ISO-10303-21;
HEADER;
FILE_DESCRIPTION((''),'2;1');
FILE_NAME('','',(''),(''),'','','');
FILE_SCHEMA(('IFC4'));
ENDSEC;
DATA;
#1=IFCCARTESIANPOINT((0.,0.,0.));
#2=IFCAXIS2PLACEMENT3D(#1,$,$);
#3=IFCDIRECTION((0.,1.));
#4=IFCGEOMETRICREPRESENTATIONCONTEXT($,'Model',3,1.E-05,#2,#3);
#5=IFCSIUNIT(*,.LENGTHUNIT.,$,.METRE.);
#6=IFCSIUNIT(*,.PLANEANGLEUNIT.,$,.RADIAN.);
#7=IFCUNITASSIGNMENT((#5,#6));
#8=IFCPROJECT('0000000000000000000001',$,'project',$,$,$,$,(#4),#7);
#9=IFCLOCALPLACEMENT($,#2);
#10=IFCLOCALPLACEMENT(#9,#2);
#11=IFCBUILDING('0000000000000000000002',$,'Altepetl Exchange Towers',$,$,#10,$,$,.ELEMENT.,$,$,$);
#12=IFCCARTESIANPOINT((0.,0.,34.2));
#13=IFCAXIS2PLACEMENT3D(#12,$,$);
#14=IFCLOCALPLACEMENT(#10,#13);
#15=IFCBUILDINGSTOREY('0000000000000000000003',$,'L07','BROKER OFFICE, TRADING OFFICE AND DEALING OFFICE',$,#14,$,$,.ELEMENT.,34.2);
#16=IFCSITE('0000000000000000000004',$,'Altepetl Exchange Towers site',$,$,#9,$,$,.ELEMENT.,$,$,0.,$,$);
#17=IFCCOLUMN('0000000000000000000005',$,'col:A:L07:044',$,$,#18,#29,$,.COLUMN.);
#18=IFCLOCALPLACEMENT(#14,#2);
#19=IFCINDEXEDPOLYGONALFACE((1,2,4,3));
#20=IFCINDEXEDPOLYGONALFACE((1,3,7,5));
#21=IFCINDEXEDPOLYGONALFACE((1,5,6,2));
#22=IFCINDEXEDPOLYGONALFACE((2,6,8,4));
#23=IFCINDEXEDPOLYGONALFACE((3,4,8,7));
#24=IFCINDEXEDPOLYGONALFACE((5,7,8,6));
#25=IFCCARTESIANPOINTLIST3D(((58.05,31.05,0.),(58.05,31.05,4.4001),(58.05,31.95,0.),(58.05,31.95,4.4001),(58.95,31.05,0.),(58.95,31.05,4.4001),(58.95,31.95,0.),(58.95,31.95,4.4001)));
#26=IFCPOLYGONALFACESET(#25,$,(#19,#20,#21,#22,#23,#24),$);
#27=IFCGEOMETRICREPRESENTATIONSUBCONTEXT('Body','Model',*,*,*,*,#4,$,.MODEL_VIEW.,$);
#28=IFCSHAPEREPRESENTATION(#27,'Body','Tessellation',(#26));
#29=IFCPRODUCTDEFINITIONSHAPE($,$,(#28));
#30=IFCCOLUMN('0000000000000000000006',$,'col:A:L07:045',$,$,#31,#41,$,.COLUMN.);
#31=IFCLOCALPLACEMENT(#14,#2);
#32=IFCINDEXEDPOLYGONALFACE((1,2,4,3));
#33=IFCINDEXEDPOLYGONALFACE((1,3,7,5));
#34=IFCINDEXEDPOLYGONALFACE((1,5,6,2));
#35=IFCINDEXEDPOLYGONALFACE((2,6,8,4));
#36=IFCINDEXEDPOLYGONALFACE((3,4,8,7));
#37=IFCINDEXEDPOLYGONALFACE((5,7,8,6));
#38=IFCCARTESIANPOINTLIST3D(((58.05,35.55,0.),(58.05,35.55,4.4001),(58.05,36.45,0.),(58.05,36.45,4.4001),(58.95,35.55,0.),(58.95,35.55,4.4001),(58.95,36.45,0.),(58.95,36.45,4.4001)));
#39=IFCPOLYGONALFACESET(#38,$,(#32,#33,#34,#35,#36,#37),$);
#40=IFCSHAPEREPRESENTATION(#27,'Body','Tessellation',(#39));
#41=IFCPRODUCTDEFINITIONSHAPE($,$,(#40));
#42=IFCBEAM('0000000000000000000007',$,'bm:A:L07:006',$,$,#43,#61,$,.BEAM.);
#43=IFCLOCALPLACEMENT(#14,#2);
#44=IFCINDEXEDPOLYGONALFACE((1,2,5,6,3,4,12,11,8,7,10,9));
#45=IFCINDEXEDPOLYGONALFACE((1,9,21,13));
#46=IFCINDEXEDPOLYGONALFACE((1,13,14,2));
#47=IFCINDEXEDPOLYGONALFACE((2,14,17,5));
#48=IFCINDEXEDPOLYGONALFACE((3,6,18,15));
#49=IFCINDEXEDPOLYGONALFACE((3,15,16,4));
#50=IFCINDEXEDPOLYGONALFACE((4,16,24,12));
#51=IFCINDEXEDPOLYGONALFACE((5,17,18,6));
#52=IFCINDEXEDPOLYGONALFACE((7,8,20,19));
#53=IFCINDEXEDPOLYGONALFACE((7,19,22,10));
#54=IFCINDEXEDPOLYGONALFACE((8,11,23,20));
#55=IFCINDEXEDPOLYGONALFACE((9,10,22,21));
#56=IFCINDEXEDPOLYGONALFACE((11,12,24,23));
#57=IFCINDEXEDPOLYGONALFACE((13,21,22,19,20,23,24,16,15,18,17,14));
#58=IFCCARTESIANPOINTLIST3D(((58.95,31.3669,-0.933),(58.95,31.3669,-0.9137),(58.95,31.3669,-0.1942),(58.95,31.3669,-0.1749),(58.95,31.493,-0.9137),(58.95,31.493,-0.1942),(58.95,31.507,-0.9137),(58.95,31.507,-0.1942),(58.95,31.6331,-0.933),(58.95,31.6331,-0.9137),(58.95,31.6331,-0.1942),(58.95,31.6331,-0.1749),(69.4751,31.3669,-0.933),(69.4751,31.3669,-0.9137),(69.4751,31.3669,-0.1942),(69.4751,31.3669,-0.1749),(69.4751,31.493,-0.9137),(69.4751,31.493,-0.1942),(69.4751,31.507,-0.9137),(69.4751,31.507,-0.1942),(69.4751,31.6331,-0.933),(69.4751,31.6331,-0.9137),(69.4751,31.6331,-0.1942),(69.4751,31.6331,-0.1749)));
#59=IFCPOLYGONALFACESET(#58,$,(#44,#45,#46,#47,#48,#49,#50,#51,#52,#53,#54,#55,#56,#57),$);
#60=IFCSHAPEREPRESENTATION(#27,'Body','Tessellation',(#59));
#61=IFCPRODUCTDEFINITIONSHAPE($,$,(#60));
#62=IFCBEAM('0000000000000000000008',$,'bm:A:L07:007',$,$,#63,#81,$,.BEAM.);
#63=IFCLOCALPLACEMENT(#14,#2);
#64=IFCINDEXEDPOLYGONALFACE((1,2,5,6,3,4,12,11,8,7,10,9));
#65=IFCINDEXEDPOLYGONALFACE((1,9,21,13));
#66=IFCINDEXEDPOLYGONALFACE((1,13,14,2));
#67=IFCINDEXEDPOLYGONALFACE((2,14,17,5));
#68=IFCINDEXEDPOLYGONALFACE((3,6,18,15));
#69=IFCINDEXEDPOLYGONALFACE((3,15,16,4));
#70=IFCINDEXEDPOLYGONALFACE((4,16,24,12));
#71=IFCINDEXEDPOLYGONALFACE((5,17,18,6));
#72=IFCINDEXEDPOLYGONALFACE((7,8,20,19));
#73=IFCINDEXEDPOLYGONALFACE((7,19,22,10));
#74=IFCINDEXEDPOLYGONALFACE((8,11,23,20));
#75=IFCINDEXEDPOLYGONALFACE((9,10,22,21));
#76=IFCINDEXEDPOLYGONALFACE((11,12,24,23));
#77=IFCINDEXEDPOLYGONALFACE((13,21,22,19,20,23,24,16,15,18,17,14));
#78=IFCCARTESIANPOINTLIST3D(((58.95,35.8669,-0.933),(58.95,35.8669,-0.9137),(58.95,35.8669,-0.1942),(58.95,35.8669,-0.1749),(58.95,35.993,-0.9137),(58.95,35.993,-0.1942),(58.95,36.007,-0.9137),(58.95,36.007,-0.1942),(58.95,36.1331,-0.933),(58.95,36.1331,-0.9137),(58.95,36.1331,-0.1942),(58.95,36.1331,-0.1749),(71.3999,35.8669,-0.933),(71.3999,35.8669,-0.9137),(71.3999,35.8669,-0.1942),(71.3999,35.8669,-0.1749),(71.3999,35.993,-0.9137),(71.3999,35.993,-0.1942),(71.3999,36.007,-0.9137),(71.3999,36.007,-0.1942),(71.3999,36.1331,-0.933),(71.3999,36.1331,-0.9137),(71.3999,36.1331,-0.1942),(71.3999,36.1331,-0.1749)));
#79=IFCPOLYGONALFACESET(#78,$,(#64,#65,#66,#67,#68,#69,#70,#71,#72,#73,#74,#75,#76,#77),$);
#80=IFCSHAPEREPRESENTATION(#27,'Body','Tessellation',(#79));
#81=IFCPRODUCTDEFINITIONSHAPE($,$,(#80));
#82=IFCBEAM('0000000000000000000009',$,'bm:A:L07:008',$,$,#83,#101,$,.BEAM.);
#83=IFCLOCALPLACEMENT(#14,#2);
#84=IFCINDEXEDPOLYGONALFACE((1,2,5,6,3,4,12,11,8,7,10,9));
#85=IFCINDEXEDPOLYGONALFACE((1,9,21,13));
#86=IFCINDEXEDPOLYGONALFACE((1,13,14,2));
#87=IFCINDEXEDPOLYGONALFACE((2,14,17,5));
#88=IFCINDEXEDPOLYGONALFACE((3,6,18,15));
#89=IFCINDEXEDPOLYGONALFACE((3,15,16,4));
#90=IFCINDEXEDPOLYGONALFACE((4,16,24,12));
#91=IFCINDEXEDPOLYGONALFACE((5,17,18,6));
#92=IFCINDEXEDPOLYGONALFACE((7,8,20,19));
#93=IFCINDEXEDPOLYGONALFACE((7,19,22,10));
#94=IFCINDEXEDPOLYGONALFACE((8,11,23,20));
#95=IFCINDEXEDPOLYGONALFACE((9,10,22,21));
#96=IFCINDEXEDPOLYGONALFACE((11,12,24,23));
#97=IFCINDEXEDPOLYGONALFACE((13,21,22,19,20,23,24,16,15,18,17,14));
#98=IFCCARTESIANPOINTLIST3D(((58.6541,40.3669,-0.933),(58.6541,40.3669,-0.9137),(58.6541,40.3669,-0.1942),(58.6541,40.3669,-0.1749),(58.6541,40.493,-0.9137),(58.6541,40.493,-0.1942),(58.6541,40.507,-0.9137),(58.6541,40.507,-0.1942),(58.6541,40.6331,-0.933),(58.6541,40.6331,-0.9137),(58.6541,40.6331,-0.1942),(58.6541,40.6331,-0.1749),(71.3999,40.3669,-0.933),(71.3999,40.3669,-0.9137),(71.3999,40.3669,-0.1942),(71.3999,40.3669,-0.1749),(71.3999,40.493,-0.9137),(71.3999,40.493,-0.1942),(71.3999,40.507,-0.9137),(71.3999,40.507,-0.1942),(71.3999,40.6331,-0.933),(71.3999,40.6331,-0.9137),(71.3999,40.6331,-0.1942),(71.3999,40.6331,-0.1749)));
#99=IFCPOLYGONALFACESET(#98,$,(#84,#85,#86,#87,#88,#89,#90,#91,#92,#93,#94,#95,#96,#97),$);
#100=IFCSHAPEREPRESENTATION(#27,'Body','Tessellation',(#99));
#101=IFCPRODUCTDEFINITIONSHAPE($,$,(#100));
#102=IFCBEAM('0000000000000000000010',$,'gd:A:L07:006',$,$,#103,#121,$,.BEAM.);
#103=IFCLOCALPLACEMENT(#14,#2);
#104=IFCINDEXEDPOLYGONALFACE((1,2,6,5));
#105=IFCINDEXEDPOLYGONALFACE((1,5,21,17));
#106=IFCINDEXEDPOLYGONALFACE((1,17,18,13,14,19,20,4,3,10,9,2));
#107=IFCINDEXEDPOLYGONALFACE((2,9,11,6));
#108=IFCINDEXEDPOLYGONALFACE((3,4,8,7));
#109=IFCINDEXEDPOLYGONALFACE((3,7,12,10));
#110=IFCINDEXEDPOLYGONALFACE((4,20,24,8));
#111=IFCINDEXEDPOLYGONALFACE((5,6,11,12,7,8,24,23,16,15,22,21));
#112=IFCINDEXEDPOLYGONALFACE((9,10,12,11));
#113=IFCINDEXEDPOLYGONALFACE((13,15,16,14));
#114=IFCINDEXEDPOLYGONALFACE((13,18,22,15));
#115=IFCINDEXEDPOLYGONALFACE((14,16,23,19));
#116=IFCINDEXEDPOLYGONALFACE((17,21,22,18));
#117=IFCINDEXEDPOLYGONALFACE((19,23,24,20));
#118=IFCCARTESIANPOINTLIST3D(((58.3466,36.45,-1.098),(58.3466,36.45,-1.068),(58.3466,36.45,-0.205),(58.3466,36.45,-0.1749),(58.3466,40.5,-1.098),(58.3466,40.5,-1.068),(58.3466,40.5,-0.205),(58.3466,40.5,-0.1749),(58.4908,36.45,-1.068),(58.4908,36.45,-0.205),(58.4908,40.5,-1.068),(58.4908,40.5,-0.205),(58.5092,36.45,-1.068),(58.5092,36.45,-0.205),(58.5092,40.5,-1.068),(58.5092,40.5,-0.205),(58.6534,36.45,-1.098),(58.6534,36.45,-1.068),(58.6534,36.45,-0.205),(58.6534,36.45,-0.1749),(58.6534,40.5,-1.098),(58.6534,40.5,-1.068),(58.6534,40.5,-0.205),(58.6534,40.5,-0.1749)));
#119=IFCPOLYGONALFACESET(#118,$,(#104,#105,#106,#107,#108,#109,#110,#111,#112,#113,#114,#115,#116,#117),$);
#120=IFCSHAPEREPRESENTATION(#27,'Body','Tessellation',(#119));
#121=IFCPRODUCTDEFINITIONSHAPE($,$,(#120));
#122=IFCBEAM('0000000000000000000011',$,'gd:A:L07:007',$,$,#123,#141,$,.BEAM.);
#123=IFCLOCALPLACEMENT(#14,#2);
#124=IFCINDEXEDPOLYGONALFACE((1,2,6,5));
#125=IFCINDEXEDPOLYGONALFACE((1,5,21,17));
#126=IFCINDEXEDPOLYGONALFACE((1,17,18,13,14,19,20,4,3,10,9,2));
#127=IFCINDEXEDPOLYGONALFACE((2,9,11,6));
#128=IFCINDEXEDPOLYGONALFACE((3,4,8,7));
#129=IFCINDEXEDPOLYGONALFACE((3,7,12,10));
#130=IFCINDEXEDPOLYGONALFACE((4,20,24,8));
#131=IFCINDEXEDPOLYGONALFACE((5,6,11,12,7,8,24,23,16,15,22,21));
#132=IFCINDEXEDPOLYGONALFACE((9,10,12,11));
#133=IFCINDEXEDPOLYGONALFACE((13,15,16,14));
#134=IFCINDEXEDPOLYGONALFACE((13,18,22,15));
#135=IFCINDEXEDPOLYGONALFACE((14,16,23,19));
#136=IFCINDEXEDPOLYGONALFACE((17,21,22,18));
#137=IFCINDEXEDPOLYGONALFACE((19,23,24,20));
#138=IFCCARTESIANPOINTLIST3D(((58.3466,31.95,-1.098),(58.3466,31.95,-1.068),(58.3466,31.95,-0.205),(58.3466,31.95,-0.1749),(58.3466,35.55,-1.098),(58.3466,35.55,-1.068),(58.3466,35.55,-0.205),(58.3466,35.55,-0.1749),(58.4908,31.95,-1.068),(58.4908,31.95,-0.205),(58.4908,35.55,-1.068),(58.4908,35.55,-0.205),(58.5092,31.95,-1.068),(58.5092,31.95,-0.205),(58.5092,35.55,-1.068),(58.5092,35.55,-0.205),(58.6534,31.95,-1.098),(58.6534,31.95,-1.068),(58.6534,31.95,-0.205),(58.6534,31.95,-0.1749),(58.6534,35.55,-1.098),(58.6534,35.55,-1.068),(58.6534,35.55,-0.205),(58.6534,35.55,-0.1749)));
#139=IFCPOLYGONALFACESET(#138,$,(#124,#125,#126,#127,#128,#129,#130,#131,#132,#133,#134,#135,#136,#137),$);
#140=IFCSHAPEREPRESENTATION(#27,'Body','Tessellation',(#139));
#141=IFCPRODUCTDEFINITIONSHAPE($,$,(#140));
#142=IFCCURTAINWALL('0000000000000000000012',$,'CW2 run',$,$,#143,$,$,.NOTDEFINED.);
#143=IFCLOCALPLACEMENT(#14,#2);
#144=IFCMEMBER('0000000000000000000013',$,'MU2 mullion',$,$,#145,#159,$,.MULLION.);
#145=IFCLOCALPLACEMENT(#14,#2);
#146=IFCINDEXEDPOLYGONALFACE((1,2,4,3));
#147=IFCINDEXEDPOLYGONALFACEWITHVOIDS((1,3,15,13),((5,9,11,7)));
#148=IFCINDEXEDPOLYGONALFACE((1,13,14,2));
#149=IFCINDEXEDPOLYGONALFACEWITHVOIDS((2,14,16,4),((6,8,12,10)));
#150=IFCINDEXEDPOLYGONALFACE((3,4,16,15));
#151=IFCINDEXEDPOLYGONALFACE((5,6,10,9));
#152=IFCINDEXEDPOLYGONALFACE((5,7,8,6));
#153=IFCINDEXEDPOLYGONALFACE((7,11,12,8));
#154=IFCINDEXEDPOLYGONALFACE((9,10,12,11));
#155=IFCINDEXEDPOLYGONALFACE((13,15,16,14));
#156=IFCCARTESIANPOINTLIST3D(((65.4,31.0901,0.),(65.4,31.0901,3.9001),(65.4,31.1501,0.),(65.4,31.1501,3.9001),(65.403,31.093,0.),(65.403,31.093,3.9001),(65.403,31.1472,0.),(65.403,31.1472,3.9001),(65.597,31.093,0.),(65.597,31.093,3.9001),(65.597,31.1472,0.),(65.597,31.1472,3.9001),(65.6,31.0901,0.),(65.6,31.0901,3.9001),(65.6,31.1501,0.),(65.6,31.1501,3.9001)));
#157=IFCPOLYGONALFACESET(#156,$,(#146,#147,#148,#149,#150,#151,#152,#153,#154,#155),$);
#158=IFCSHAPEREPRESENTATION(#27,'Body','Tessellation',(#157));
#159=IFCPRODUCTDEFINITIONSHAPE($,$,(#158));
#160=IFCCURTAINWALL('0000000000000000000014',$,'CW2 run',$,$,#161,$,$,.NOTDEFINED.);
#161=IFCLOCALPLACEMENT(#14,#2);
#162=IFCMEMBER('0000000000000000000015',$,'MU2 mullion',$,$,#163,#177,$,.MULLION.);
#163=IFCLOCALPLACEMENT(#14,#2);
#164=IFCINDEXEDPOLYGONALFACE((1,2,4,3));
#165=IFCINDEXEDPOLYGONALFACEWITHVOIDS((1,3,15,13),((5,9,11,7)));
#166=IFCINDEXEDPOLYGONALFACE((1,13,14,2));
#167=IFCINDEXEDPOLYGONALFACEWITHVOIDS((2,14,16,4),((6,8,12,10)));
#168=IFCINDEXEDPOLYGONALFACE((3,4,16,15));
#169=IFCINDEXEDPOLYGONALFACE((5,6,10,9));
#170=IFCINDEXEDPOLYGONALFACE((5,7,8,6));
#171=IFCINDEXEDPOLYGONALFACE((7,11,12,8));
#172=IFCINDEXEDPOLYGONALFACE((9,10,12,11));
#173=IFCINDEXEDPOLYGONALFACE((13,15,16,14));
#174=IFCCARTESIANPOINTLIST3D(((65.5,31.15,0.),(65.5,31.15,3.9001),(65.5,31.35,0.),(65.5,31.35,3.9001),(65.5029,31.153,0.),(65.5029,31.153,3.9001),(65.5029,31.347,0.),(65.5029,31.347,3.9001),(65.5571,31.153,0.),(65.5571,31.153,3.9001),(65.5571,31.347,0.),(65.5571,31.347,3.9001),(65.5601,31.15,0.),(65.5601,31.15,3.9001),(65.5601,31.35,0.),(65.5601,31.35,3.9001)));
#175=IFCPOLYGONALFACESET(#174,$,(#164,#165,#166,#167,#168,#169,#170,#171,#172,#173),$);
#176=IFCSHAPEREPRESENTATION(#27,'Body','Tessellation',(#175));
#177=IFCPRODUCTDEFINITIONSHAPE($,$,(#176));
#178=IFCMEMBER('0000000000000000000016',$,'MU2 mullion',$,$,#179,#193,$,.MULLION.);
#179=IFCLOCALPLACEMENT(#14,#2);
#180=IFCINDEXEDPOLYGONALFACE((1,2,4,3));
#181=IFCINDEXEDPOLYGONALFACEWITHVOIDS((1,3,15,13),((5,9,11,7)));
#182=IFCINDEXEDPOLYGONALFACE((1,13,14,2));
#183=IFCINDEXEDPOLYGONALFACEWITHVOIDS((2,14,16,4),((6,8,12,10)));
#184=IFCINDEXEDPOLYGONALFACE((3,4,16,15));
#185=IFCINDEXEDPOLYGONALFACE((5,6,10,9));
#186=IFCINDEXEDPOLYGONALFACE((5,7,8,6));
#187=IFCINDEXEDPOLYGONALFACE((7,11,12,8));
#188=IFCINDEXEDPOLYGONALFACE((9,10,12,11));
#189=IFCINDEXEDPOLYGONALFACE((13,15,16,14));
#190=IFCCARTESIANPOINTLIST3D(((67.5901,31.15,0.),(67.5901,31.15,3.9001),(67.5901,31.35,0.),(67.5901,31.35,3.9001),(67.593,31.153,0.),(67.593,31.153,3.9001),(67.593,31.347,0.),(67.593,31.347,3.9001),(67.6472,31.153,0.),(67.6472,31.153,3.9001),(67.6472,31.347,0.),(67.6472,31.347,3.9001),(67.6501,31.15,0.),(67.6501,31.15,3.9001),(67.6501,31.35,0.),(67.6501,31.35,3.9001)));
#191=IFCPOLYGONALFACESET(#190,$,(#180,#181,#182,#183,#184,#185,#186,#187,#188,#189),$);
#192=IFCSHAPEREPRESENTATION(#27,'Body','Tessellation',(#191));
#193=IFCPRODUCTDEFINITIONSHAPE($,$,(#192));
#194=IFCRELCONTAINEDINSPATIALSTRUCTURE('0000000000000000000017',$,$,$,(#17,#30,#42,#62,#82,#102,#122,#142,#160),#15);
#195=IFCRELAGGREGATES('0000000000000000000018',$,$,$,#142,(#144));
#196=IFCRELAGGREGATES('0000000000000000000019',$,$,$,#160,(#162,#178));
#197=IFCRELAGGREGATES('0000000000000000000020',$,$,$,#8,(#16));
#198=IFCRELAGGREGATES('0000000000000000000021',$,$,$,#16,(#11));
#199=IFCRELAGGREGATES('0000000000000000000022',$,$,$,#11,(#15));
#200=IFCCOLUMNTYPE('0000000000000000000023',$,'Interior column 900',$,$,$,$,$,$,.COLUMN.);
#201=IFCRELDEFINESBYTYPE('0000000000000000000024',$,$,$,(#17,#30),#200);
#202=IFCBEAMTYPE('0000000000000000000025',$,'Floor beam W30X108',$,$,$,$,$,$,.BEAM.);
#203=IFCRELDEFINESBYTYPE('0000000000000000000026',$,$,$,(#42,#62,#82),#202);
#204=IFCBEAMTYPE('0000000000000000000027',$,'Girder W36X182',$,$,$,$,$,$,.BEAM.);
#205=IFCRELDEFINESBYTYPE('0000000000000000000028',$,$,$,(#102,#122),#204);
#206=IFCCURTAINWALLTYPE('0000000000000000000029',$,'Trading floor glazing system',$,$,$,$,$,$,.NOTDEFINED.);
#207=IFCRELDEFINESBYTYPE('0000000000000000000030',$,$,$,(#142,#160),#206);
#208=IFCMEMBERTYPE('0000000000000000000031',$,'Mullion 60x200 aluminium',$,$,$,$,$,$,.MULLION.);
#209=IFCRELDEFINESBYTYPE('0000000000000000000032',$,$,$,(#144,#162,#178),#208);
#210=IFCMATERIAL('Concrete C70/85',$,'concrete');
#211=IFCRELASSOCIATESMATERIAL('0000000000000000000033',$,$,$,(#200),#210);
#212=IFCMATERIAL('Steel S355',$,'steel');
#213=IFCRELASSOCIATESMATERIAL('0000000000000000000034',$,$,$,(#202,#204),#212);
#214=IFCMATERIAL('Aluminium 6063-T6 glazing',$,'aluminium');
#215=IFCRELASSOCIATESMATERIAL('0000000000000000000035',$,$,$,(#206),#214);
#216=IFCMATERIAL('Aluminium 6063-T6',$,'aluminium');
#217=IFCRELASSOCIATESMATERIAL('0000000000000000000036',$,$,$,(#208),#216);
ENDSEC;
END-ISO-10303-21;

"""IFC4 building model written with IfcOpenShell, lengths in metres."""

from ifc_helpers import new_model, si_unit, direction, frame, origin, origin_2d, place, context, subcontext, project, spatial, rectangle, hollow_rectangle, i_section, extrude, material, material_profile, profile_set, type_object, element, aggregate, save


model = new_model("IFC4")

# Units and contexts
model_context = context("Model", 3, precision=1e-05, world=origin(), true_north=direction((0.0, 1.0)))
body_context = subcontext(model_context, "Body", "Model", "MODEL_VIEW")
ifc_project = project(units=[si_unit("LENGTHUNIT", "METRE"), si_unit("PLANEANGLEUNIT", "RADIAN")], contexts=[model_context])

# Site, building, storey
site_placement = place(None, origin())
site = spatial("IfcSite", under=ifc_project, at=site_placement, Name="Altepetl Exchange Towers site", CompositionType="ELEMENT", RefElevation=0.0)
building_placement = place(site_placement, origin())
building = spatial("IfcBuilding", under=site, at=building_placement, Name="Altepetl Exchange Towers", CompositionType="ELEMENT")
storey_placement = place(building_placement, frame((0.0, 0.0, 34.2)))
storey = spatial("IfcBuildingStorey", under=building, at=storey_placement, Name="L07", Description="BROKER OFFICE, TRADING OFFICE AND DEALING OFFICE", CompositionType="ELEMENT", Elevation=34.2)

# Columns
ifc_material_1 = material(Name="Concrete C70/85", Category="concrete")
ifc_material_profile_1 = material_profile(ifc_material_1, rectangle(XDim=0.8999, YDim=0.8999, at=origin_2d()), Name="900 x 900")
ifc_profile_set_1 = profile_set([ifc_material_profile_1], Name="Concrete C70/85")
column_type = type_object("IfcColumnType", Name="Interior column 900", PredefinedType="COLUMN", material=ifc_profile_set_1)
for number, where, name in (
    (1, (58.5, 31.5, 0.0), "col:A:L07:044"),
    (2, (58.5, 36.0, 0.0), "col:A:L07:045"),
):
    element("IfcColumn", number, at=place(storey_placement, frame(where)), inside=storey, type_object=column_type, Name=name, PredefinedType="COLUMN", context=body_context, shape_type="SweptSolid", body=[
        extrude(rectangle(XDim=0.8999, YDim=0.8999, at=origin_2d()), origin(), (0.0, 0.0, 1.0), 4.4001),
    ])

# Beams
ifc_material_2 = material(Name="Steel S355", Category="steel")
ifc_material_profile_2 = material_profile(ifc_material_2, i_section(OverallWidth=0.2661, OverallDepth=0.7581, WebThickness=0.0139, FlangeThickness=0.0193, at=origin_2d()), Name="W30X108")
ifc_profile_set_2 = profile_set([ifc_material_profile_2], Name="Steel S355")
beam_type_1 = type_object("IfcBeamType", Name="Floor beam W30X108", PredefinedType="BEAM", material=ifc_profile_set_2)
beam_1_placement = place(storey_placement, frame((58.95, 31.5, -0.554), z_axis=(1.0, 0.0, 0.0), x_axis=(0.0, 1.0, 0.0)))
element("IfcBeam", 3, at=beam_1_placement, inside=storey, type_object=beam_type_1, Name="bm:A:L07:006", PredefinedType="BEAM", context=body_context, shape_type="SweptSolid", body=[
    extrude(i_section(OverallWidth=0.2661, OverallDepth=0.7581, WebThickness=0.0139, FlangeThickness=0.0193, at=origin_2d()), origin(), (0.0, 0.0, 1.0), 10.5251),
])
beam_2_placement = place(storey_placement, frame((58.95, 36.0, -0.554), z_axis=(1.0, 0.0, 0.0), x_axis=(0.0, 1.0, 0.0)))
element("IfcBeam", 4, at=beam_2_placement, inside=storey, type_object=beam_type_1, Name="bm:A:L07:007", PredefinedType="BEAM", context=body_context, shape_type="SweptSolid", body=[
    extrude(i_section(OverallWidth=0.2661, OverallDepth=0.7581, WebThickness=0.0139, FlangeThickness=0.0193, at=origin_2d()), origin(), (0.0, 0.0, 1.0), 12.45),
])
beam_3_placement = place(storey_placement, frame((58.6541, 40.5, -0.554), z_axis=(1.0, 0.0, 0.0), x_axis=(0.0, 1.0, 0.0)))
element("IfcBeam", 5, at=beam_3_placement, inside=storey, type_object=beam_type_1, Name="bm:A:L07:008", PredefinedType="BEAM", context=body_context, shape_type="SweptSolid", body=[
    extrude(i_section(OverallWidth=0.2661, OverallDepth=0.7581, WebThickness=0.0139, FlangeThickness=0.0193, at=origin_2d()), origin(), (0.0, 0.0, 1.0), 12.7458),
])
ifc_material_profile_3 = material_profile(ifc_material_2, i_section(OverallWidth=0.3069, OverallDepth=0.9231, WebThickness=0.0183, FlangeThickness=0.03, at=origin_2d()), Name="W36X182")
ifc_profile_set_3 = profile_set([ifc_material_profile_3], Name="Steel S355")
beam_type_2 = type_object("IfcBeamType", Name="Girder W36X182", PredefinedType="BEAM", material=ifc_profile_set_3)
beam_4_placement = place(storey_placement, frame((58.5, 40.5, -0.6365), z_axis=(0.0, -1.0, 0.0), x_axis=(1.0, 0.0, 0.0)))
element("IfcBeam", 6, at=beam_4_placement, inside=storey, type_object=beam_type_2, Name="gd:A:L07:006", PredefinedType="BEAM", context=body_context, shape_type="SweptSolid", body=[
    extrude(i_section(OverallWidth=0.3069, OverallDepth=0.9231, WebThickness=0.0183, FlangeThickness=0.03, at=origin_2d()), origin(), (0.0, 0.0, 1.0), 4.05),
])
beam_5_placement = place(storey_placement, frame((58.5, 35.55, -0.6365), z_axis=(0.0, -1.0, 0.0), x_axis=(1.0, 0.0, 0.0)))
element("IfcBeam", 7, at=beam_5_placement, inside=storey, type_object=beam_type_2, Name="gd:A:L07:007", PredefinedType="BEAM", context=body_context, shape_type="SweptSolid", body=[
    extrude(i_section(OverallWidth=0.3069, OverallDepth=0.9231, WebThickness=0.0183, FlangeThickness=0.03, at=origin_2d()), origin(), (0.0, 0.0, 1.0), 3.6001),
])

# Curtain wall, member
ifc_material_3 = material(Name="Aluminium 6063-T6 glazing", Category="aluminium")
curtain_wall_type = type_object("IfcCurtainWallType", Name="Trading floor glazing system", PredefinedType="NOTDEFINED", material=ifc_material_3)
curtain_wall_1_placement = place(storey_placement, origin())
curtain_wall_1 = element("IfcCurtainWall", 8, at=curtain_wall_1_placement, inside=storey, type_object=curtain_wall_type, Name="CW2 run", PredefinedType="NOTDEFINED")
ifc_material_4 = material(Name="Aluminium 6063-T6", Category="aluminium")
ifc_material_profile_4 = material_profile(ifc_material_4, hollow_rectangle(XDim=0.0601, YDim=0.2, WallThickness=0.0029, at=origin_2d()), Name="Mullion 60x200 aluminium")
ifc_profile_set_4 = profile_set([ifc_material_profile_4], Name="Aluminium 6063-T6")
member_type = type_object("IfcMemberType", Name="Mullion 60x200 aluminium", PredefinedType="MULLION", material=ifc_profile_set_4)
member_1_placement = place(storey_placement, frame((65.5, 31.1201, 0.0), z_axis=(0.0, 0.0, 1.0), x_axis=(0.0, 1.0, 0.0)))
member_1 = element("IfcMember", 9, at=member_1_placement, type_object=member_type, Name="MU2 mullion", PredefinedType="MULLION", context=body_context, shape_type="SweptSolid", body=[
    extrude(hollow_rectangle(XDim=0.0601, YDim=0.2, WallThickness=0.0029, at=origin_2d()), origin(), (0.0, 0.0, 1.0), 3.9001),
])
aggregate(curtain_wall_1, [member_1])

# Curtain wall, members
curtain_wall_2_placement = place(storey_placement, origin())
curtain_wall_2 = element("IfcCurtainWall", 10, at=curtain_wall_2_placement, inside=storey, type_object=curtain_wall_type, Name="CW2 run", PredefinedType="NOTDEFINED")
member_2_placement = place(storey_placement, frame((65.53, 31.25, 0.0)))
member_2 = element("IfcMember", 11, at=member_2_placement, type_object=member_type, Name="MU2 mullion", PredefinedType="MULLION", context=body_context, shape_type="SweptSolid", body=[
    extrude(hollow_rectangle(XDim=0.0601, YDim=0.2, WallThickness=0.0029, at=origin_2d()), origin(), (0.0, 0.0, 1.0), 3.9001),
])
member_3_placement = place(storey_placement, frame((67.6201, 31.25, 0.0)))
member_3 = element("IfcMember", 12, at=member_3_placement, type_object=member_type, Name="MU2 mullion", PredefinedType="MULLION", context=body_context, shape_type="SweptSolid", body=[
    extrude(hollow_rectangle(XDim=0.0601, YDim=0.2, WallThickness=0.0029, at=origin_2d()), origin(), (0.0, 0.0, 1.0), 3.9001),
])

aggregate(curtain_wall_2, [member_2, member_3])

save(model, "model.ifc")
